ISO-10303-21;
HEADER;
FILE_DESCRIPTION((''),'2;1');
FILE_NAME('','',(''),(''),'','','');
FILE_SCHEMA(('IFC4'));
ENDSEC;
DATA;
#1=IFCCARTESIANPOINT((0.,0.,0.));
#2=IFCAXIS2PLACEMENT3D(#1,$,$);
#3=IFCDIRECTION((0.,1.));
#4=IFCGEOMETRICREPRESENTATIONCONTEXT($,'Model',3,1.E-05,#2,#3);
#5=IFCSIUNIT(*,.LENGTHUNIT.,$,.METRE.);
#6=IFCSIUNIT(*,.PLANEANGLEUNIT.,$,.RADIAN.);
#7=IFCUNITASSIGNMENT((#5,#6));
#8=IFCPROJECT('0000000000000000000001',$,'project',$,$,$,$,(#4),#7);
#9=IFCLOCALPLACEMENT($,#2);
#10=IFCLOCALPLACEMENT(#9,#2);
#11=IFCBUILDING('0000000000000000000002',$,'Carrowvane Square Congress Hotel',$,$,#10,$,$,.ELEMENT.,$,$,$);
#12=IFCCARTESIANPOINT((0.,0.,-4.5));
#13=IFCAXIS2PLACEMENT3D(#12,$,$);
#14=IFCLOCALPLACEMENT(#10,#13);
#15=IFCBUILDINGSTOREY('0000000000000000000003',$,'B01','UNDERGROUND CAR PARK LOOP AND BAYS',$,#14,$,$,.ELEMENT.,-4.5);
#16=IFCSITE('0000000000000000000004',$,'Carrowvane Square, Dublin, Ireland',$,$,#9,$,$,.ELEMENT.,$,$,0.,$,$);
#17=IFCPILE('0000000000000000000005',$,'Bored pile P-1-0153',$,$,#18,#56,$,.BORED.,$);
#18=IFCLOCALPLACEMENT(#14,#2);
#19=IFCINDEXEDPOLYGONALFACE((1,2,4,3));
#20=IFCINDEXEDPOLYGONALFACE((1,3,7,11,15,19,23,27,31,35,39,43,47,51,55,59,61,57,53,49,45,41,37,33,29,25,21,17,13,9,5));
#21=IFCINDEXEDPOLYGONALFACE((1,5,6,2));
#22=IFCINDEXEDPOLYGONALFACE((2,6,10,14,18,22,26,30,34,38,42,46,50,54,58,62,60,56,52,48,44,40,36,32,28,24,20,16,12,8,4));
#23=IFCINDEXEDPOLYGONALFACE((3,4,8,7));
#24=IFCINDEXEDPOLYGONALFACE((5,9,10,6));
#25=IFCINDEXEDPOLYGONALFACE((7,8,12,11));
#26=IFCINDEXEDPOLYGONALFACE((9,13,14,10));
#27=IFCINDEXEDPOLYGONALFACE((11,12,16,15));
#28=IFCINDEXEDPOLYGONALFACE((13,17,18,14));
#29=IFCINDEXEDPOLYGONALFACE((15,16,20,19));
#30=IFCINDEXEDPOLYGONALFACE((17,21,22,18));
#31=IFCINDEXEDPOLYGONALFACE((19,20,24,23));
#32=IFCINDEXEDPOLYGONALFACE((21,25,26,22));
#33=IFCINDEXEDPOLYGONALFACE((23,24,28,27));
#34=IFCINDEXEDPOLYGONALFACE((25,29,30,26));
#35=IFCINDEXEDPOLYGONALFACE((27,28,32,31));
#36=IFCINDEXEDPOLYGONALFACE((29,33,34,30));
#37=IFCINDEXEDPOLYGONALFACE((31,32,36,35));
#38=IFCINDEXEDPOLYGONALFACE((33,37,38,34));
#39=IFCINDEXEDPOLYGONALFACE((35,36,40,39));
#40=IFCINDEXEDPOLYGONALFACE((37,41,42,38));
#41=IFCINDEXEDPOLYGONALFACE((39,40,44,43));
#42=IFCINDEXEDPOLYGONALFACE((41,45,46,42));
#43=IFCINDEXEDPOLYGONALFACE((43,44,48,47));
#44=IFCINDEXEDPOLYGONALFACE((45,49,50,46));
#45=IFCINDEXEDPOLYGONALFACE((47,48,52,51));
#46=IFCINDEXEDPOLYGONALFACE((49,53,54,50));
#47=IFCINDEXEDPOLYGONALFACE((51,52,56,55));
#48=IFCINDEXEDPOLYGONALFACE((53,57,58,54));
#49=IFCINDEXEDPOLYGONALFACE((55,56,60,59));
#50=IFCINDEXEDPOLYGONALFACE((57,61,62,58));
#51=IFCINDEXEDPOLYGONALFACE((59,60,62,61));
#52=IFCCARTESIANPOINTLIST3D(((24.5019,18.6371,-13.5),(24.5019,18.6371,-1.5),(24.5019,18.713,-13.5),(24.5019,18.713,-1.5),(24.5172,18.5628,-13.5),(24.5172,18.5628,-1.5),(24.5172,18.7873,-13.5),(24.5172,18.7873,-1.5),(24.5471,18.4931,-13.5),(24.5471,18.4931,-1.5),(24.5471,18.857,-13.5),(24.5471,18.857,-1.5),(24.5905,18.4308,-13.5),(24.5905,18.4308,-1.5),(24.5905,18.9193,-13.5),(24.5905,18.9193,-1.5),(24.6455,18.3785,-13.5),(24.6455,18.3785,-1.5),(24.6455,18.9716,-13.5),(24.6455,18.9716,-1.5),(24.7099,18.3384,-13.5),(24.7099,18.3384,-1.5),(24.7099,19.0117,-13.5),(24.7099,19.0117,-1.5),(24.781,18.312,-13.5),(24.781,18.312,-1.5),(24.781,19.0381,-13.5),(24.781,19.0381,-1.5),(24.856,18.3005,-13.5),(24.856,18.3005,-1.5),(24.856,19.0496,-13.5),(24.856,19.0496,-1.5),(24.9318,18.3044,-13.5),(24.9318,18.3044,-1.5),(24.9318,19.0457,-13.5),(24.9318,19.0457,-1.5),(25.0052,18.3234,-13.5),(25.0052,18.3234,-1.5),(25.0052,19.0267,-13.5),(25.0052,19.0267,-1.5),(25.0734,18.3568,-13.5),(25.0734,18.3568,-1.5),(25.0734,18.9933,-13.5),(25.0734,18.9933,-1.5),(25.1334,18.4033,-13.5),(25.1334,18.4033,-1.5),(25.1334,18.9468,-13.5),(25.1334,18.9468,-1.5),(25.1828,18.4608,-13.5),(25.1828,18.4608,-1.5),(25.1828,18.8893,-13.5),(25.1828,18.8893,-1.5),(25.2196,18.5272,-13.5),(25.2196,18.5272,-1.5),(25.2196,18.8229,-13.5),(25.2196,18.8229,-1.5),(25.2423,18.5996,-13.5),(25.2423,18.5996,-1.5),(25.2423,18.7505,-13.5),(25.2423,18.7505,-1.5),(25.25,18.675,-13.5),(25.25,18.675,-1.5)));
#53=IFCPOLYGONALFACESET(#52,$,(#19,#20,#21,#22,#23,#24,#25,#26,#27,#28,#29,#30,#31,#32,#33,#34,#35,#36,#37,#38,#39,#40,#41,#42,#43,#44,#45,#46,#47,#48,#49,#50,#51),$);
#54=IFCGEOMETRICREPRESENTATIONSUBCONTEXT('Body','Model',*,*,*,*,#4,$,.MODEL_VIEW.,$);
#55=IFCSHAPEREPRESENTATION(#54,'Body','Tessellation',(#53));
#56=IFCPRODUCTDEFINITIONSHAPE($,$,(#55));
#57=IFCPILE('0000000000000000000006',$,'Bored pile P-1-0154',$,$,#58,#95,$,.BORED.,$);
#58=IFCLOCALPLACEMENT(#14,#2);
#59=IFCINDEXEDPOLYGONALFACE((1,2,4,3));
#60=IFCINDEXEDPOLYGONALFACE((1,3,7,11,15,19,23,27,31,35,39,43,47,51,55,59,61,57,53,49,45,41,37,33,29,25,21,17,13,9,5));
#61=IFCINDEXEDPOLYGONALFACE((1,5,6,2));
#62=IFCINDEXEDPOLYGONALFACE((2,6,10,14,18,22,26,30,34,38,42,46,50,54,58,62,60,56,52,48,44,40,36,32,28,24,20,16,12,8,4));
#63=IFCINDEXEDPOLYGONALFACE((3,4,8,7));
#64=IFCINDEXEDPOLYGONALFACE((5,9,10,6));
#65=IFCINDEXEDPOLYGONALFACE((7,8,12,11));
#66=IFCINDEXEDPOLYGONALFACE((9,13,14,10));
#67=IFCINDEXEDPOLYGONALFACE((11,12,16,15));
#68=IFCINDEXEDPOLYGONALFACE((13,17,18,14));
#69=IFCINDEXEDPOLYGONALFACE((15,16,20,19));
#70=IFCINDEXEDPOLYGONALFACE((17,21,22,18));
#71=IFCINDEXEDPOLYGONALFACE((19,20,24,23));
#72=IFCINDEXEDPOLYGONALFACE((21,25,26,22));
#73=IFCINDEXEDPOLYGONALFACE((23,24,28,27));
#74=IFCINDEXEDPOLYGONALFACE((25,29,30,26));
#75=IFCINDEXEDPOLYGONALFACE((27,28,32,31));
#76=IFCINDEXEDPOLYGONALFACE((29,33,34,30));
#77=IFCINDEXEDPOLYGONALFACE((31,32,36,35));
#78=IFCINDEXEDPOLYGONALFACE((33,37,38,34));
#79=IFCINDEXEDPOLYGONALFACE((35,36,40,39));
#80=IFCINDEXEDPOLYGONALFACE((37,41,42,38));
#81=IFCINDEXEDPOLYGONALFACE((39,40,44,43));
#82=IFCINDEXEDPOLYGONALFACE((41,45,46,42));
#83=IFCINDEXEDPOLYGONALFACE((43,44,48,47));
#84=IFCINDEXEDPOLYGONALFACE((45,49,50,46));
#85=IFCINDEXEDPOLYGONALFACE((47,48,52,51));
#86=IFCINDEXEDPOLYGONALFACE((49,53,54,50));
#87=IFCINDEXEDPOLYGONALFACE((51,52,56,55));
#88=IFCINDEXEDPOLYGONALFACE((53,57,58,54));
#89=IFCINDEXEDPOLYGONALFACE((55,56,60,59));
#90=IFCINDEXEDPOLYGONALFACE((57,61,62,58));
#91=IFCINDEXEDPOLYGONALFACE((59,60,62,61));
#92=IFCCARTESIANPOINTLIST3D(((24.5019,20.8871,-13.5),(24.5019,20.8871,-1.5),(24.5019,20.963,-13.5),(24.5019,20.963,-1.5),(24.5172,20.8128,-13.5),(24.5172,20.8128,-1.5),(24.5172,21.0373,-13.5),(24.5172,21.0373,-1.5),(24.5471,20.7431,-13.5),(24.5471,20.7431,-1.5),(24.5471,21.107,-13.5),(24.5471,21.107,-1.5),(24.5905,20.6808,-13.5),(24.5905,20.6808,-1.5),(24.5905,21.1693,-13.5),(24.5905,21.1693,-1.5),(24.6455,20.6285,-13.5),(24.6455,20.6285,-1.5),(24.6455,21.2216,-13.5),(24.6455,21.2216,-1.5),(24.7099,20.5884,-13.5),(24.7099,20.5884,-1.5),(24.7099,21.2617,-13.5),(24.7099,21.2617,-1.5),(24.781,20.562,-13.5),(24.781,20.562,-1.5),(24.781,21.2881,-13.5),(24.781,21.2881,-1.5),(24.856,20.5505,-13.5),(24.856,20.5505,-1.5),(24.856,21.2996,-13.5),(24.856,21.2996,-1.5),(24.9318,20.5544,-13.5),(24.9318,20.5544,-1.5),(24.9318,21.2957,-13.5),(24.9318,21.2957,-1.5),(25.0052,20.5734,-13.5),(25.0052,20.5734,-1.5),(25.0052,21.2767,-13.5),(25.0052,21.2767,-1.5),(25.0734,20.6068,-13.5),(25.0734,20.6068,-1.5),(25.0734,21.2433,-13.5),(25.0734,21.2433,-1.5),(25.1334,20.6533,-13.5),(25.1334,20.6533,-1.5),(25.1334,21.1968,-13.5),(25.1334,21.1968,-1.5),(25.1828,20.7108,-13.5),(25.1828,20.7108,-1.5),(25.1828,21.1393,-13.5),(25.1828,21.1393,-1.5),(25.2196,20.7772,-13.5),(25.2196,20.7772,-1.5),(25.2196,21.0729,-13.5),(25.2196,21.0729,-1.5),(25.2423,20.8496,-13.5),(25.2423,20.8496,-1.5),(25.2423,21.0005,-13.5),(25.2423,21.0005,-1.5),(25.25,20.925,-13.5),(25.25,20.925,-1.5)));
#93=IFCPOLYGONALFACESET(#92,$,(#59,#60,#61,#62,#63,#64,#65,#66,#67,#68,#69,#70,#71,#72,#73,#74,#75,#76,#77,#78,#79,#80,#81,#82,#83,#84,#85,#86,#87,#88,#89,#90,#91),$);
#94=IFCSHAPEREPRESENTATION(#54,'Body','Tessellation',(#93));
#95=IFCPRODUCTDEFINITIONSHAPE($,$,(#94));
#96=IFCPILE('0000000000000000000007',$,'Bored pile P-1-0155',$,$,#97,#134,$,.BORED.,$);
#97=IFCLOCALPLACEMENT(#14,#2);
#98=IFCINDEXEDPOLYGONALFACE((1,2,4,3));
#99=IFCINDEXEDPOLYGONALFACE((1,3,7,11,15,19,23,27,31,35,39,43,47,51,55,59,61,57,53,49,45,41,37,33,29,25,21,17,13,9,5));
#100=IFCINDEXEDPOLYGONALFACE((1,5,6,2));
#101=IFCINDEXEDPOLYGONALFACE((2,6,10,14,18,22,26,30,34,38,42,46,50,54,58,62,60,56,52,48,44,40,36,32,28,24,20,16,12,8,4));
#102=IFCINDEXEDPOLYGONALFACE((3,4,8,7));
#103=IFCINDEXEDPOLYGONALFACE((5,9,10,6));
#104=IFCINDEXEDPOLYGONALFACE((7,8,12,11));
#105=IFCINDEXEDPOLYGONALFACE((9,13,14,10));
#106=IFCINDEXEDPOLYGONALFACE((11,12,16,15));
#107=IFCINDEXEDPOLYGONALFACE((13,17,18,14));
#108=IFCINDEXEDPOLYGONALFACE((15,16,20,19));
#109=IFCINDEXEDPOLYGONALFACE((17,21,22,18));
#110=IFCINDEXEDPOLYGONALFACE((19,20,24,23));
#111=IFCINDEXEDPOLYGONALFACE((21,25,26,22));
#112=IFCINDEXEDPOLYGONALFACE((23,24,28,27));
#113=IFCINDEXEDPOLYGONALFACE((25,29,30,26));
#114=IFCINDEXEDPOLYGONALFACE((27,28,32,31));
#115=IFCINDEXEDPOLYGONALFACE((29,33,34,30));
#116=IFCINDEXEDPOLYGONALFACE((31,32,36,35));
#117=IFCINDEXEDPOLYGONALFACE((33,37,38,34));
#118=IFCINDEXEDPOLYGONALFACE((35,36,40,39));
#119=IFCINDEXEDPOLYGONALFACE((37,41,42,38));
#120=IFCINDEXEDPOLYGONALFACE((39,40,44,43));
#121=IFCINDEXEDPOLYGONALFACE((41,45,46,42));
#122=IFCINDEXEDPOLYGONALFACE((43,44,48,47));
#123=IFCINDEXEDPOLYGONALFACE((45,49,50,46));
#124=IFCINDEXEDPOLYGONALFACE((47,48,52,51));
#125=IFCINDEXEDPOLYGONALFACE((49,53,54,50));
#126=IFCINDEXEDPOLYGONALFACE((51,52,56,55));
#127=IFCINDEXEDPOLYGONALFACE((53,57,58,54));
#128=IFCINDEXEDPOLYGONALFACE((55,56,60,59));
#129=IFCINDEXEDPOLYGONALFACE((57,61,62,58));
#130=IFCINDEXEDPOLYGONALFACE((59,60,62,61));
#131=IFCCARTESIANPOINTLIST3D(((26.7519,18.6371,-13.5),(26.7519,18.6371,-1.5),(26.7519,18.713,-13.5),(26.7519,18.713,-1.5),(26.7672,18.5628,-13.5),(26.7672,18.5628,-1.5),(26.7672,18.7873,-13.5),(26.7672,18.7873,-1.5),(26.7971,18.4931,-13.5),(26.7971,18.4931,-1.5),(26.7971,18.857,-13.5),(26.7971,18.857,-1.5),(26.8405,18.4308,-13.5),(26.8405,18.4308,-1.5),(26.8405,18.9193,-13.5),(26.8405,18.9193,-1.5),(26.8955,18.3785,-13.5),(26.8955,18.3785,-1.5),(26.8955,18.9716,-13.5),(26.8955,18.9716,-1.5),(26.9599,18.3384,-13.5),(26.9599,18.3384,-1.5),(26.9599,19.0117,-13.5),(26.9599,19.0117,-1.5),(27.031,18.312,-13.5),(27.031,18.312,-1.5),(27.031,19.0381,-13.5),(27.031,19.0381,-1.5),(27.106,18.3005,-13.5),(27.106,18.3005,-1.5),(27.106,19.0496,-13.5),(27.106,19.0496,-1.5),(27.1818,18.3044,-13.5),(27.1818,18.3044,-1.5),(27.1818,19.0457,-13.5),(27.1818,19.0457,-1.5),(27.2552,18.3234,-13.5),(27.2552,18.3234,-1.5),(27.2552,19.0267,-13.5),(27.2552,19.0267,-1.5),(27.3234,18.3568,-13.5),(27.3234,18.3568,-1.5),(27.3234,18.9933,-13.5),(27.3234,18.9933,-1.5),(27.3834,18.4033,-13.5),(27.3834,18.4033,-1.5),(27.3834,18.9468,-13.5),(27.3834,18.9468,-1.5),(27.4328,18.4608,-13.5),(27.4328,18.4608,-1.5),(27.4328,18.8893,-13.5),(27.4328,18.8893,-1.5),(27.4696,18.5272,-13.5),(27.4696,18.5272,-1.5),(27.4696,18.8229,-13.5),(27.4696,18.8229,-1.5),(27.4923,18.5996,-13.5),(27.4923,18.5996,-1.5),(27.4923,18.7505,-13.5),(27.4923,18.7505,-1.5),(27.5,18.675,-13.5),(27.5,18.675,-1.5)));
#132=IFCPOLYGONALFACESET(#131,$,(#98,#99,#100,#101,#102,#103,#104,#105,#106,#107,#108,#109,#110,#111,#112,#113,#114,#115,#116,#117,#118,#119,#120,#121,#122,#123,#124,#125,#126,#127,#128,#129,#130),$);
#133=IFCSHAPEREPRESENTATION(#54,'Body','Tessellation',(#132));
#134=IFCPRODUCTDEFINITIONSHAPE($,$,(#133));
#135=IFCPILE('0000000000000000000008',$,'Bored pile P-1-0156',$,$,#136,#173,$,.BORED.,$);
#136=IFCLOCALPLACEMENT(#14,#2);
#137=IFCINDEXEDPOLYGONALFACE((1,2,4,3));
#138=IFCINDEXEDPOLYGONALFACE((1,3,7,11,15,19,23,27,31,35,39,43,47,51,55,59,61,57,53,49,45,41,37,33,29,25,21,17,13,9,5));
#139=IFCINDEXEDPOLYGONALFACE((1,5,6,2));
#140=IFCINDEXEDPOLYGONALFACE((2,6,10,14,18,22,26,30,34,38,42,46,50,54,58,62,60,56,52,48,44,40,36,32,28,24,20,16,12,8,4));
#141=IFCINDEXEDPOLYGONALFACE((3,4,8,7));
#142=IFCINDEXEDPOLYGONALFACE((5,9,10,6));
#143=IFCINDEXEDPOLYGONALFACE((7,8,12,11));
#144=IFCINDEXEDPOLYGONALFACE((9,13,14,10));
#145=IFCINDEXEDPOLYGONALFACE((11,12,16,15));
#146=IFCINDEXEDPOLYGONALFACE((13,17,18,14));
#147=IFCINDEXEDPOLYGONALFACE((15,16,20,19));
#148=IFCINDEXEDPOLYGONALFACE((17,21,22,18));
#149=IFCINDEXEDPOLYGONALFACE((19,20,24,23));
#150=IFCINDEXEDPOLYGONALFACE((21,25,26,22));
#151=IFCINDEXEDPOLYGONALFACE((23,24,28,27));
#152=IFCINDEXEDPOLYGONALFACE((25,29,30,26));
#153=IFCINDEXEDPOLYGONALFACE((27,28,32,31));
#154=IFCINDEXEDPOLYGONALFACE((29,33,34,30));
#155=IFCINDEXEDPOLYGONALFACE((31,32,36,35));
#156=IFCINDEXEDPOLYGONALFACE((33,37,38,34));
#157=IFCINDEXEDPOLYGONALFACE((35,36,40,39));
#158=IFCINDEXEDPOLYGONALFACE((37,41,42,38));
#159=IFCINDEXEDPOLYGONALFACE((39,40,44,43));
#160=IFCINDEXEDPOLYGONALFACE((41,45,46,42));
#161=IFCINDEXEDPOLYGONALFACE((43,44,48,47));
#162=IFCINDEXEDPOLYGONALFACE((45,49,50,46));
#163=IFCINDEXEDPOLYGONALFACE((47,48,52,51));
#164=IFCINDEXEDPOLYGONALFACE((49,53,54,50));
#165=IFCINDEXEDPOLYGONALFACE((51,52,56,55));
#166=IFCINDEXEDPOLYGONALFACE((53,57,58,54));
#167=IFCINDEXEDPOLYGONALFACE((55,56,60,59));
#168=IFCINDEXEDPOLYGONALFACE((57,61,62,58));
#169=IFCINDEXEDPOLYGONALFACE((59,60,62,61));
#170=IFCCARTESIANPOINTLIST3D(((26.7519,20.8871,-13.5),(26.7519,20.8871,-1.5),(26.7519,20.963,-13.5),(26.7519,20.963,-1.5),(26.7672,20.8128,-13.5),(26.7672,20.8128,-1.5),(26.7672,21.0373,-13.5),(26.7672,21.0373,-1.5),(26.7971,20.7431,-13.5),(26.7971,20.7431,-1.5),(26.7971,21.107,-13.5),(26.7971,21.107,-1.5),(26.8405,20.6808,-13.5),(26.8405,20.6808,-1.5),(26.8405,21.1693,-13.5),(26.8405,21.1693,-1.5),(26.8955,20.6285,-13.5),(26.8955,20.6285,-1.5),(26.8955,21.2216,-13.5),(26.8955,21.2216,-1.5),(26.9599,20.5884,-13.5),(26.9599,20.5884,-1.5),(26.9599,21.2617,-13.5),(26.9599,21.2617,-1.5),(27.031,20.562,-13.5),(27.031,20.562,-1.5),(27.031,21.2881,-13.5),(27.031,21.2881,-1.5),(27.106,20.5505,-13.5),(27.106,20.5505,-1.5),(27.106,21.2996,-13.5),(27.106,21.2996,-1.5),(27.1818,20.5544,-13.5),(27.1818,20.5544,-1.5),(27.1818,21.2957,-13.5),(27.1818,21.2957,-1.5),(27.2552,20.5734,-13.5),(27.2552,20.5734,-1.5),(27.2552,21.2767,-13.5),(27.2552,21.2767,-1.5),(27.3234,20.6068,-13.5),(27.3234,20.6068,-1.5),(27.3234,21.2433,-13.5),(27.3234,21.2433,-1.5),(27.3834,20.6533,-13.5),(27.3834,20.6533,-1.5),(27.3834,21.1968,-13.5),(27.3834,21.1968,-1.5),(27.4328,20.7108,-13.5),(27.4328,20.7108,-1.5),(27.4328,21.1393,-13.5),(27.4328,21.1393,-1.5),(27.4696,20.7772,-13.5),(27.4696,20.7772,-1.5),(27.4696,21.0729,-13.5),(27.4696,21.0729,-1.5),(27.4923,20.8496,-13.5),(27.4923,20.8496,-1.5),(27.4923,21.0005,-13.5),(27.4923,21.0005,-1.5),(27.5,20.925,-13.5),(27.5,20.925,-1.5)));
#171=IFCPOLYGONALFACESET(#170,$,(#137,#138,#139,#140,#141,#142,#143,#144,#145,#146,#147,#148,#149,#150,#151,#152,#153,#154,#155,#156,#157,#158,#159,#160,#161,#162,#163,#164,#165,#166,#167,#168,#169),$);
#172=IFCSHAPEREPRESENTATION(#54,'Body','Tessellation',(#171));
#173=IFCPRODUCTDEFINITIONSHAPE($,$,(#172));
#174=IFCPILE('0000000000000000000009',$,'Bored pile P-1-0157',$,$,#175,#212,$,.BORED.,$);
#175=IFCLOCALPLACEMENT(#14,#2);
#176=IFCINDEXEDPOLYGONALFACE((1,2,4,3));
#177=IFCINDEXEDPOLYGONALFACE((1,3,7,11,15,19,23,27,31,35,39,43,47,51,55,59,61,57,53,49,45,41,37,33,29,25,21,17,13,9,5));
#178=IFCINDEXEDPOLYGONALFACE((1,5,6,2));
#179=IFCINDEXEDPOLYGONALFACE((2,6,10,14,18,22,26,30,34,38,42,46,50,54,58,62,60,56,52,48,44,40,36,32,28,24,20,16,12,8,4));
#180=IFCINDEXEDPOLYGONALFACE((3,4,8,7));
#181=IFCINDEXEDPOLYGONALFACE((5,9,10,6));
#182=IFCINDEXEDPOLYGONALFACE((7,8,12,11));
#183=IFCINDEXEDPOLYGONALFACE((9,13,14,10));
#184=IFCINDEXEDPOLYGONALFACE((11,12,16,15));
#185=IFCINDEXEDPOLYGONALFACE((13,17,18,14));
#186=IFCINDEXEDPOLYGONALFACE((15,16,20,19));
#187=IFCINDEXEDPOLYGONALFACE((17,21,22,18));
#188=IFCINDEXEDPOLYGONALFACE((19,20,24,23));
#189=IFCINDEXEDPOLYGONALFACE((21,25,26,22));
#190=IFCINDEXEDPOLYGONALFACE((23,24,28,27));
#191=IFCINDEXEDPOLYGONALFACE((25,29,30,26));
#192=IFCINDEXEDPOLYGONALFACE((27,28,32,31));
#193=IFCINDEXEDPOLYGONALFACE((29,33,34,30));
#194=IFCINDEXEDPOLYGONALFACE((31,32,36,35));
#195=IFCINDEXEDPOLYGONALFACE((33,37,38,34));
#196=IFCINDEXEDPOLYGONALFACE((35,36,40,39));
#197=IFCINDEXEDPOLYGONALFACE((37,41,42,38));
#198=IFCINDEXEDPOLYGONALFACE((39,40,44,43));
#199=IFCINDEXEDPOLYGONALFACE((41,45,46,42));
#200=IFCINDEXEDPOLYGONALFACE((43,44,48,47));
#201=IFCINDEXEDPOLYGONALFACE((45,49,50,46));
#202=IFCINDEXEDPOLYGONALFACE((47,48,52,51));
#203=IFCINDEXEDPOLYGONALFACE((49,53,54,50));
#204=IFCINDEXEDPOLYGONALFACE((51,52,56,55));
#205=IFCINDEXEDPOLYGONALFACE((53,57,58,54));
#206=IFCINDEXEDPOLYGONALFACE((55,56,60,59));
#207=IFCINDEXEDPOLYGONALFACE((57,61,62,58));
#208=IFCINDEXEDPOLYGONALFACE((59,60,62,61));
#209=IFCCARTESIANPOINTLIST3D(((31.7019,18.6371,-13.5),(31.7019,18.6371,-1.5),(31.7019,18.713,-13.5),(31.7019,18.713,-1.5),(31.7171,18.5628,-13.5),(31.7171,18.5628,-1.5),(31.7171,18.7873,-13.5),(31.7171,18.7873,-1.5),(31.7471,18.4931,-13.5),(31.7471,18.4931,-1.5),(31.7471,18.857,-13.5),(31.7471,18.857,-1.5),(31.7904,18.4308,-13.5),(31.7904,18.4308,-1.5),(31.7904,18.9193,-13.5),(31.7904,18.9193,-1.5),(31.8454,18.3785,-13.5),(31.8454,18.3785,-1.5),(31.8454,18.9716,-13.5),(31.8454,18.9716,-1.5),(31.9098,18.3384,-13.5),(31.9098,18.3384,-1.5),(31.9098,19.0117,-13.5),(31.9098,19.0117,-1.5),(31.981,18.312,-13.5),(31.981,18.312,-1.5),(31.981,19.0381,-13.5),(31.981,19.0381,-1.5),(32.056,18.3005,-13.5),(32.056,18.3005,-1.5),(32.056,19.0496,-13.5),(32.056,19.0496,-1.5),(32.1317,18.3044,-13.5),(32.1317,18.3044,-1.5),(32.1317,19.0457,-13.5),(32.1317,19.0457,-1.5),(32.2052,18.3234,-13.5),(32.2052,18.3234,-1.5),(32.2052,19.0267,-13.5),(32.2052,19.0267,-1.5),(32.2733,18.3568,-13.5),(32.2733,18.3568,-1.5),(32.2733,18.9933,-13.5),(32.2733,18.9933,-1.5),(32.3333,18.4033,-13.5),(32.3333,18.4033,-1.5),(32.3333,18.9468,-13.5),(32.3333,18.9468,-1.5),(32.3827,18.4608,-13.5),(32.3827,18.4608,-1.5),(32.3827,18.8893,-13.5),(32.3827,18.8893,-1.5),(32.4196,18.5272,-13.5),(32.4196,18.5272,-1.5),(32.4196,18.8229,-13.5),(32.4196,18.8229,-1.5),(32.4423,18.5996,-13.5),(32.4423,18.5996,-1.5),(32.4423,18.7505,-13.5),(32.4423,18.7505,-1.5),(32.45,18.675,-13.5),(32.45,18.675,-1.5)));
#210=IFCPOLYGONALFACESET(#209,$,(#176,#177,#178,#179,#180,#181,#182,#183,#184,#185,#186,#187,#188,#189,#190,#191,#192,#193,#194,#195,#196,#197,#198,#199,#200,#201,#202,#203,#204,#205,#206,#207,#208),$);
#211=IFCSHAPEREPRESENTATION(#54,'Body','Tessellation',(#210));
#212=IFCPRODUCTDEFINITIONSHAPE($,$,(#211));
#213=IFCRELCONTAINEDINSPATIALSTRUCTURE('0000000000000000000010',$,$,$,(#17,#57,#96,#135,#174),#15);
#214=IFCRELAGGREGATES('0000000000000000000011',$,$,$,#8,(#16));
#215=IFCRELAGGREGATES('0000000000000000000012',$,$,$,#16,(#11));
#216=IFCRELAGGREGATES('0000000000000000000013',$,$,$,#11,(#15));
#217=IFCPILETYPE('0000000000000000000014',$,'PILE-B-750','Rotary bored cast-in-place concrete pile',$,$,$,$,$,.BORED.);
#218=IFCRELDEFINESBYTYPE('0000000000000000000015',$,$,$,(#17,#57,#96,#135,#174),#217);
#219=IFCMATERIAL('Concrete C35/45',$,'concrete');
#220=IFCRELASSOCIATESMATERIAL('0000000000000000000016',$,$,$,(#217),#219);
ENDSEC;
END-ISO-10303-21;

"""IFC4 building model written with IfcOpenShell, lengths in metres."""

from ifc_helpers import new_model, si_unit, direction, frame, origin, origin_2d, place, context, subcontext, project, spatial, circle, extrude, material, material_profile, profile_set, type_object, element, save


model = new_model("IFC4")

# Units and contexts
model_context = context("Model", 3, precision=1e-05, world=origin(), true_north=direction((0.0, 1.0)))
body_context = subcontext(model_context, "Body", "Model", "MODEL_VIEW")
ifc_project = project(units=[si_unit("LENGTHUNIT", "METRE"), si_unit("PLANEANGLEUNIT", "RADIAN")], contexts=[model_context])

# Site, building, storey
site_placement = place(None, origin())
site = spatial("IfcSite", under=ifc_project, at=site_placement, Name="Carrowvane Square, Dublin, Ireland", CompositionType="ELEMENT", RefElevation=0.0)
building_placement = place(site_placement, origin())
building = spatial("IfcBuilding", under=site, at=building_placement, Name="Carrowvane Square Congress Hotel", CompositionType="ELEMENT")
storey_placement = place(building_placement, frame((0.0, 0.0, -4.5)))
storey = spatial("IfcBuildingStorey", under=building, at=storey_placement, Name="B01", Description="UNDERGROUND CAR PARK LOOP AND BAYS", CompositionType="ELEMENT", Elevation=-4.5)

# Piles
ifc_material_1 = material(Name="Concrete C35/45", Category="concrete")
ifc_material_profile_1 = material_profile(ifc_material_1, circle(Radius=0.375, at=origin_2d()), Name="PILE D750")
ifc_profile_set_1 = profile_set([ifc_material_profile_1], Name="Concrete C35/45")
pile_type = type_object("IfcPileType", Name="PILE-B-750", Description="Rotary bored cast-in-place concrete pile", PredefinedType="BORED", material=ifc_profile_set_1)
for number, where, z_axis, x_axis, name in (
    (1, (24.875, 18.675, -1.5), (0.0, 0.0, -1.0), (1.0, 0.0, 0.0), "Bored pile P-1-0153"),
    (2, (24.875, 20.925, -1.5), (0.0, 0.0, -1.0), (1.0, 0.0, 0.0), "Bored pile P-1-0154"),
    (3, (27.125, 18.675, -1.5), (0.0, 0.0, -1.0), (1.0, 0.0, 0.0), "Bored pile P-1-0155"),
    (4, (27.125, 20.925, -1.5), (0.0, 0.0, -1.0), (1.0, 0.0, 0.0), "Bored pile P-1-0156"),
    (5, (32.075, 18.675, -1.5), (0.0, 0.0, -1.0), (1.0, 0.0, 0.0), "Bored pile P-1-0157"),
):
    element("IfcPile", number, at=place(storey_placement, frame(where, z_axis=z_axis, x_axis=x_axis)), inside=storey, type_object=pile_type, Name=name, PredefinedType="BORED", context=body_context, shape_type="SweptSolid", body=[
        extrude(circle(Radius=0.375, at=origin_2d()), origin(), (0.0, 0.0, 1.0), 12.0),
    ])

save(model, "model.ifc")
